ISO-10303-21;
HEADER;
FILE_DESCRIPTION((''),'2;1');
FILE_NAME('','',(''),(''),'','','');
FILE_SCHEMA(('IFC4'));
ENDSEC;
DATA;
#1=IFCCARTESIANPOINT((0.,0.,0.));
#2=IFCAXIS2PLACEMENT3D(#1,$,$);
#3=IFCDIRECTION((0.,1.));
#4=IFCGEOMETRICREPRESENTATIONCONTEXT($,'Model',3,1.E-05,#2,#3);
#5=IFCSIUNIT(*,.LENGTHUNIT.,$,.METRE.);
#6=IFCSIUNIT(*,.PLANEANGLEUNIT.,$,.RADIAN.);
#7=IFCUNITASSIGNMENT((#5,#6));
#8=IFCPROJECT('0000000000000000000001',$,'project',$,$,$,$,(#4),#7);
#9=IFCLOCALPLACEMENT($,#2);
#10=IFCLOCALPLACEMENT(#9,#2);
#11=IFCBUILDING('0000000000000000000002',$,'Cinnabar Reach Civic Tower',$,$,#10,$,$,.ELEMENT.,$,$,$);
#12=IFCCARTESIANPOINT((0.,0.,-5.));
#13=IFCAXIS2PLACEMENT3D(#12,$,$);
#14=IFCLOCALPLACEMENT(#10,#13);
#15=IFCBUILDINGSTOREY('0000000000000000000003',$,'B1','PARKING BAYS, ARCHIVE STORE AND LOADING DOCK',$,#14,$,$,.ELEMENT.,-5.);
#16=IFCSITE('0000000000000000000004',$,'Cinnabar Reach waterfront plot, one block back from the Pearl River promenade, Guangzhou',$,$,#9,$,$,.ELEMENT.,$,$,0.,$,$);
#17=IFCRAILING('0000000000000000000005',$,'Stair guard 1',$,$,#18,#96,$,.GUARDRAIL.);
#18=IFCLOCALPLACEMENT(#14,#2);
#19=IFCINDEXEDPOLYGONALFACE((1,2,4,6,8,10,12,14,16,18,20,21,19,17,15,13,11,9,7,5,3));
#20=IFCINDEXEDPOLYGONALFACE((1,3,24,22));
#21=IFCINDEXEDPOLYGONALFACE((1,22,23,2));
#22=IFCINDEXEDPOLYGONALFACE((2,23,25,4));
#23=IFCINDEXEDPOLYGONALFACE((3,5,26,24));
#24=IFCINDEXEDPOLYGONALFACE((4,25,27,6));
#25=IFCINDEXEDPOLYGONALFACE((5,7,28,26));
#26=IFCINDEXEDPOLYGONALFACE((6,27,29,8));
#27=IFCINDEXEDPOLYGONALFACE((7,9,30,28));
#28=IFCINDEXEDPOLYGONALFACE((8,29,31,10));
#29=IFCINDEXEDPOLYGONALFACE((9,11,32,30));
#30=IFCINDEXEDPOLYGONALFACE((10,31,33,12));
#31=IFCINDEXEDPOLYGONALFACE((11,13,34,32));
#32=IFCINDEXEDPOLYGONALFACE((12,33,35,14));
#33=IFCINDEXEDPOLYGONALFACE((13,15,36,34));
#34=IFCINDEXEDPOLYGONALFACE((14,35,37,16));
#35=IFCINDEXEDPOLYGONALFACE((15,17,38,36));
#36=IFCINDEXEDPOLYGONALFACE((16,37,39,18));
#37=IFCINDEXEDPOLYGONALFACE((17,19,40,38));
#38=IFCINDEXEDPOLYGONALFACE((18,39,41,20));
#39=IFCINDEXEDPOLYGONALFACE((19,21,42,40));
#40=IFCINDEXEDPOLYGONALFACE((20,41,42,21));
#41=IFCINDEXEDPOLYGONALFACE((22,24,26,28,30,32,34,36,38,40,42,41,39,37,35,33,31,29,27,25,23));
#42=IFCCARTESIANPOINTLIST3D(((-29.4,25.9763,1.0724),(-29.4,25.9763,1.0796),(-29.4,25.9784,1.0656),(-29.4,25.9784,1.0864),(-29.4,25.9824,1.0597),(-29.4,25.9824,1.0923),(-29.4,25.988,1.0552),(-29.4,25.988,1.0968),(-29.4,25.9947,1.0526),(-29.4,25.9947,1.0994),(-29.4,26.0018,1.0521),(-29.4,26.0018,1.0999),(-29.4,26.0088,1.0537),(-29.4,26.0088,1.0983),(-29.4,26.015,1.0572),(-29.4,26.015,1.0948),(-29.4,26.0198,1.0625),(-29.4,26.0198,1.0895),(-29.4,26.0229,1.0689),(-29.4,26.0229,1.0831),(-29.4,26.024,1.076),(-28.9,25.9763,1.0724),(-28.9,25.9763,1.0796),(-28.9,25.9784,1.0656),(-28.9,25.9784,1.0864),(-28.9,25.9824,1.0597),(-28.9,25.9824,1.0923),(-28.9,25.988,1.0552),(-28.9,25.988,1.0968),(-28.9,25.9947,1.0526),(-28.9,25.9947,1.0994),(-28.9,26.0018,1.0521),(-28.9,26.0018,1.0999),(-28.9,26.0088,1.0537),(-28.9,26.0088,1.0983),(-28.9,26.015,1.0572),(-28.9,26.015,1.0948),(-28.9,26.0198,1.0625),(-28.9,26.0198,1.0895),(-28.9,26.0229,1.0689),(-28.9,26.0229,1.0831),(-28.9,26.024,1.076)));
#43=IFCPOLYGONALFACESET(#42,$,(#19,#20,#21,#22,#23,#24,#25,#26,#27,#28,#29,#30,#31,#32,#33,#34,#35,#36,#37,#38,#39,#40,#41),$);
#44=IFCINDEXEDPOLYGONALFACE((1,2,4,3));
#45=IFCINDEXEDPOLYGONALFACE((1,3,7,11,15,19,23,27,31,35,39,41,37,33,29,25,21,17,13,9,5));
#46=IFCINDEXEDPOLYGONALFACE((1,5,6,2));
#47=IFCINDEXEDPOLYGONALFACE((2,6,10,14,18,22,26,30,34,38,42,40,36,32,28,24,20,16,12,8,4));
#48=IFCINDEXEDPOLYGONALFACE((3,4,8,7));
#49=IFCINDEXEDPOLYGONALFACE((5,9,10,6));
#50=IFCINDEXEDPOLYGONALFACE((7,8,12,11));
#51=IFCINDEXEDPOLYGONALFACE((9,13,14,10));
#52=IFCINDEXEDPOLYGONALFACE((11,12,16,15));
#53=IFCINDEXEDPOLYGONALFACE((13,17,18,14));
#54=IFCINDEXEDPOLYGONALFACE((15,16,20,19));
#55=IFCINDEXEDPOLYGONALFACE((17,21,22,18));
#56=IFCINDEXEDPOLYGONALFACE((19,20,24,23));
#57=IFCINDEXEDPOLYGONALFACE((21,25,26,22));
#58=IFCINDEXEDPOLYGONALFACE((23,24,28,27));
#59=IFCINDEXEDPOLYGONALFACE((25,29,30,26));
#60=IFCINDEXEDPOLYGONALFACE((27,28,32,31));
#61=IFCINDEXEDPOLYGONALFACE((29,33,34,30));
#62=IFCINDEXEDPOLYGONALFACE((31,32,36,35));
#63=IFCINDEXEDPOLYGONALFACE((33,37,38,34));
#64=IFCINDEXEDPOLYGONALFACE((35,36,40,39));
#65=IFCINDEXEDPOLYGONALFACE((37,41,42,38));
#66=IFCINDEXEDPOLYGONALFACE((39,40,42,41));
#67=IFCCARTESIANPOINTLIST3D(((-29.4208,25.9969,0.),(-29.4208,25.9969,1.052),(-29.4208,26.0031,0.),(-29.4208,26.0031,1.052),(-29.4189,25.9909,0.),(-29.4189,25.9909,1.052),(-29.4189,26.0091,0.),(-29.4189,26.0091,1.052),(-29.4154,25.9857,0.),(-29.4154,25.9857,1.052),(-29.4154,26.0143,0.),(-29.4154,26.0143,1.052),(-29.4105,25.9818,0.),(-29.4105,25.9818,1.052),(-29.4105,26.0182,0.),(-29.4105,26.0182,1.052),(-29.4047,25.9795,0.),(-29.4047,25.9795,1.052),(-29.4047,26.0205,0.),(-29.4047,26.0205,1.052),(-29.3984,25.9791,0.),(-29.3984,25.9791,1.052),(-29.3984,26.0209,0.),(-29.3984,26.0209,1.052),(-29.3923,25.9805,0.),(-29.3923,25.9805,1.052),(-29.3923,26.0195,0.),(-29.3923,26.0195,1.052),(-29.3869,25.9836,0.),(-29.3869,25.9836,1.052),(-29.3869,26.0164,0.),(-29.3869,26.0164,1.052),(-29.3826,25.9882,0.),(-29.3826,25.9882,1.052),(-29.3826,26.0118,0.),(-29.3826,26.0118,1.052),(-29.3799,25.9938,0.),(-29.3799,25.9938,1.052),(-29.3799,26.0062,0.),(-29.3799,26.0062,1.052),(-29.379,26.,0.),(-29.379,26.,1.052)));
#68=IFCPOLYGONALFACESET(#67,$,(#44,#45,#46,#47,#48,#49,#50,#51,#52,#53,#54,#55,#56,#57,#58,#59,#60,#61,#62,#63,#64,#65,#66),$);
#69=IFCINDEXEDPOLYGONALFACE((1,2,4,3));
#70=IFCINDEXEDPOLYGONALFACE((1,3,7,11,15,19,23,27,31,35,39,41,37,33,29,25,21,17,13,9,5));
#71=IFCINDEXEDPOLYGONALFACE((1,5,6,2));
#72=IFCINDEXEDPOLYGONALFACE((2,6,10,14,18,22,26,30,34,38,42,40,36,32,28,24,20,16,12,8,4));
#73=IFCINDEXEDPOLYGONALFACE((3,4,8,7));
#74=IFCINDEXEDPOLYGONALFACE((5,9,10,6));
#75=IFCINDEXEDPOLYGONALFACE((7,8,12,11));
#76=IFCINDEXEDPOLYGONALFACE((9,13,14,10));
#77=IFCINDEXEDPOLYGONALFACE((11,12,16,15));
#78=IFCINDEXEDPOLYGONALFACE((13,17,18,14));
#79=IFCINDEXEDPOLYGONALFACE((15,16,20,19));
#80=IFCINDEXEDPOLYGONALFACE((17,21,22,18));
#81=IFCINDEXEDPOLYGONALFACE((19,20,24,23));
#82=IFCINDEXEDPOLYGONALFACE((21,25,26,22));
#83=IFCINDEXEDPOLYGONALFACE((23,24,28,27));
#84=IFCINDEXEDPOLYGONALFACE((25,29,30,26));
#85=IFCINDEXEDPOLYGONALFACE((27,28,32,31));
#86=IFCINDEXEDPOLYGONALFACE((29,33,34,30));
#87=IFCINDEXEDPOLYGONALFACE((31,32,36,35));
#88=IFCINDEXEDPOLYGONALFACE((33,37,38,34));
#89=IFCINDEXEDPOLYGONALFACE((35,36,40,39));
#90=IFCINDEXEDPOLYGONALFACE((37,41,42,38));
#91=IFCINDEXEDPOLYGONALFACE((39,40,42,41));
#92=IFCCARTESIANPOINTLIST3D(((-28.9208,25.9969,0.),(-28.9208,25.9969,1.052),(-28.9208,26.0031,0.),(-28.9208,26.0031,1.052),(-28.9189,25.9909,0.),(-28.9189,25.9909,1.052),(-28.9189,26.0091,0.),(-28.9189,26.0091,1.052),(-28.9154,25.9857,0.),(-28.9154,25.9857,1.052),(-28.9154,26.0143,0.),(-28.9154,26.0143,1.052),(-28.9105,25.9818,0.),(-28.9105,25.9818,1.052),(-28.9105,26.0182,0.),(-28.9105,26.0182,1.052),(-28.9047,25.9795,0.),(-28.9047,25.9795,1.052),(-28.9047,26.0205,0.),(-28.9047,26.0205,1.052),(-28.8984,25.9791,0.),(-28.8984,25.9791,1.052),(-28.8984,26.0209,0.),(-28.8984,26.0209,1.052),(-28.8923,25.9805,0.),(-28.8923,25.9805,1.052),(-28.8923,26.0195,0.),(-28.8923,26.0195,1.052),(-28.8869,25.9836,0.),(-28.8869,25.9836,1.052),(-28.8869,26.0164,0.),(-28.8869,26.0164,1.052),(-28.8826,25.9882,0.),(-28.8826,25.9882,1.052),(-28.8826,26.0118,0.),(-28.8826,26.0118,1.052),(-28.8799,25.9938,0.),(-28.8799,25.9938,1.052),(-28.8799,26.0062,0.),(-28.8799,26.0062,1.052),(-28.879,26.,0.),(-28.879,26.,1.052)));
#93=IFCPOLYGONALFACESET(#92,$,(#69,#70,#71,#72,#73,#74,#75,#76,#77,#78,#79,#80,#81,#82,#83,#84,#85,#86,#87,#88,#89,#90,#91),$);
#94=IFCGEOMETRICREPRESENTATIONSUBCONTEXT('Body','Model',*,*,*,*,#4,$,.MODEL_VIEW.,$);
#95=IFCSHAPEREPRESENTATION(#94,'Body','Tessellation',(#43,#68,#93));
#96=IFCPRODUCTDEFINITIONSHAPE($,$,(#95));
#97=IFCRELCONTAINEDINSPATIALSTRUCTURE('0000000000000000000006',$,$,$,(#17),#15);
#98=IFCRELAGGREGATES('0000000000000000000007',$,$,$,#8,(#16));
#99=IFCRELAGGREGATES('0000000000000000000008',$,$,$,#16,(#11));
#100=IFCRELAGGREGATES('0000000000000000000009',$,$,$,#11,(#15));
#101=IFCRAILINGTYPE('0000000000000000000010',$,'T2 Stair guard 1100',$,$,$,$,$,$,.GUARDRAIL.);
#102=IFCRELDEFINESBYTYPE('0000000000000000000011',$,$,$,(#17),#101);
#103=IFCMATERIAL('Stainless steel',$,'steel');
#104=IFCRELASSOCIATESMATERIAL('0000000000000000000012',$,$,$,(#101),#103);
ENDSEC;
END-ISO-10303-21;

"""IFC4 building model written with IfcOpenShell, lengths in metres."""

from ifc_helpers import new_model, si_unit, direction, frame, origin, origin_2d, place, context, subcontext, project, spatial, circle, extrude, material, type_object, element, save


model = new_model("IFC4")

# Units and contexts
model_context = context("Model", 3, precision=1e-05, world=origin(), true_north=direction((0.0, 1.0)))
body_context = subcontext(model_context, "Body", "Model", "MODEL_VIEW")
ifc_project = project(units=[si_unit("LENGTHUNIT", "METRE"), si_unit("PLANEANGLEUNIT", "RADIAN")], contexts=[model_context])

# Site, building, storey
site_placement = place(None, origin())
site = spatial("IfcSite", under=ifc_project, at=site_placement, Name="Cinnabar Reach waterfront plot, one block back from the Pearl River promenade, Guangzhou", CompositionType="ELEMENT", RefElevation=0.0)
building_placement = place(site_placement, origin())
building = spatial("IfcBuilding", under=site, at=building_placement, Name="Cinnabar Reach Civic Tower", CompositionType="ELEMENT")
storey_placement = place(building_placement, frame((0.0, 0.0, -5.0)))
storey = spatial("IfcBuildingStorey", under=building, at=storey_placement, Name="B1", Description="PARKING BAYS, ARCHIVE STORE AND LOADING DOCK", CompositionType="ELEMENT", Elevation=-5.0)

# Railing
ifc_material_1 = material(Name="Stainless steel", Category="steel")
railing_type_1 = type_object("IfcRailingType", Name="T2 Stair guard 1100", PredefinedType="GUARDRAIL", material=ifc_material_1)
railing_1_placement = place(storey_placement, frame((-29.4, 26.0, 0.0)))
element("IfcRailing", 1, at=railing_1_placement, inside=storey, type_object=railing_type_1, Name="Stair guard 1", PredefinedType="GUARDRAIL", context=body_context, shape_type="SweptSolid", body=[
    extrude(circle(Radius=0.024, at=origin_2d()), frame((0.0, 0.0, 1.076), z_axis=(1.0, 0.0, 0.0), x_axis=(0.0, 1.0, 0.0)), (0.0, 0.0, 1.0), 0.5),
    extrude(circle(Radius=0.021, at=origin_2d()), origin(), (0.0, 0.0, 1.0), 1.052),
    extrude(circle(Radius=0.021, at=origin_2d()), frame((0.5, 0.0, 0.0)), (0.0, 0.0, 1.0), 1.052),
])

save(model, "model.ifc")
